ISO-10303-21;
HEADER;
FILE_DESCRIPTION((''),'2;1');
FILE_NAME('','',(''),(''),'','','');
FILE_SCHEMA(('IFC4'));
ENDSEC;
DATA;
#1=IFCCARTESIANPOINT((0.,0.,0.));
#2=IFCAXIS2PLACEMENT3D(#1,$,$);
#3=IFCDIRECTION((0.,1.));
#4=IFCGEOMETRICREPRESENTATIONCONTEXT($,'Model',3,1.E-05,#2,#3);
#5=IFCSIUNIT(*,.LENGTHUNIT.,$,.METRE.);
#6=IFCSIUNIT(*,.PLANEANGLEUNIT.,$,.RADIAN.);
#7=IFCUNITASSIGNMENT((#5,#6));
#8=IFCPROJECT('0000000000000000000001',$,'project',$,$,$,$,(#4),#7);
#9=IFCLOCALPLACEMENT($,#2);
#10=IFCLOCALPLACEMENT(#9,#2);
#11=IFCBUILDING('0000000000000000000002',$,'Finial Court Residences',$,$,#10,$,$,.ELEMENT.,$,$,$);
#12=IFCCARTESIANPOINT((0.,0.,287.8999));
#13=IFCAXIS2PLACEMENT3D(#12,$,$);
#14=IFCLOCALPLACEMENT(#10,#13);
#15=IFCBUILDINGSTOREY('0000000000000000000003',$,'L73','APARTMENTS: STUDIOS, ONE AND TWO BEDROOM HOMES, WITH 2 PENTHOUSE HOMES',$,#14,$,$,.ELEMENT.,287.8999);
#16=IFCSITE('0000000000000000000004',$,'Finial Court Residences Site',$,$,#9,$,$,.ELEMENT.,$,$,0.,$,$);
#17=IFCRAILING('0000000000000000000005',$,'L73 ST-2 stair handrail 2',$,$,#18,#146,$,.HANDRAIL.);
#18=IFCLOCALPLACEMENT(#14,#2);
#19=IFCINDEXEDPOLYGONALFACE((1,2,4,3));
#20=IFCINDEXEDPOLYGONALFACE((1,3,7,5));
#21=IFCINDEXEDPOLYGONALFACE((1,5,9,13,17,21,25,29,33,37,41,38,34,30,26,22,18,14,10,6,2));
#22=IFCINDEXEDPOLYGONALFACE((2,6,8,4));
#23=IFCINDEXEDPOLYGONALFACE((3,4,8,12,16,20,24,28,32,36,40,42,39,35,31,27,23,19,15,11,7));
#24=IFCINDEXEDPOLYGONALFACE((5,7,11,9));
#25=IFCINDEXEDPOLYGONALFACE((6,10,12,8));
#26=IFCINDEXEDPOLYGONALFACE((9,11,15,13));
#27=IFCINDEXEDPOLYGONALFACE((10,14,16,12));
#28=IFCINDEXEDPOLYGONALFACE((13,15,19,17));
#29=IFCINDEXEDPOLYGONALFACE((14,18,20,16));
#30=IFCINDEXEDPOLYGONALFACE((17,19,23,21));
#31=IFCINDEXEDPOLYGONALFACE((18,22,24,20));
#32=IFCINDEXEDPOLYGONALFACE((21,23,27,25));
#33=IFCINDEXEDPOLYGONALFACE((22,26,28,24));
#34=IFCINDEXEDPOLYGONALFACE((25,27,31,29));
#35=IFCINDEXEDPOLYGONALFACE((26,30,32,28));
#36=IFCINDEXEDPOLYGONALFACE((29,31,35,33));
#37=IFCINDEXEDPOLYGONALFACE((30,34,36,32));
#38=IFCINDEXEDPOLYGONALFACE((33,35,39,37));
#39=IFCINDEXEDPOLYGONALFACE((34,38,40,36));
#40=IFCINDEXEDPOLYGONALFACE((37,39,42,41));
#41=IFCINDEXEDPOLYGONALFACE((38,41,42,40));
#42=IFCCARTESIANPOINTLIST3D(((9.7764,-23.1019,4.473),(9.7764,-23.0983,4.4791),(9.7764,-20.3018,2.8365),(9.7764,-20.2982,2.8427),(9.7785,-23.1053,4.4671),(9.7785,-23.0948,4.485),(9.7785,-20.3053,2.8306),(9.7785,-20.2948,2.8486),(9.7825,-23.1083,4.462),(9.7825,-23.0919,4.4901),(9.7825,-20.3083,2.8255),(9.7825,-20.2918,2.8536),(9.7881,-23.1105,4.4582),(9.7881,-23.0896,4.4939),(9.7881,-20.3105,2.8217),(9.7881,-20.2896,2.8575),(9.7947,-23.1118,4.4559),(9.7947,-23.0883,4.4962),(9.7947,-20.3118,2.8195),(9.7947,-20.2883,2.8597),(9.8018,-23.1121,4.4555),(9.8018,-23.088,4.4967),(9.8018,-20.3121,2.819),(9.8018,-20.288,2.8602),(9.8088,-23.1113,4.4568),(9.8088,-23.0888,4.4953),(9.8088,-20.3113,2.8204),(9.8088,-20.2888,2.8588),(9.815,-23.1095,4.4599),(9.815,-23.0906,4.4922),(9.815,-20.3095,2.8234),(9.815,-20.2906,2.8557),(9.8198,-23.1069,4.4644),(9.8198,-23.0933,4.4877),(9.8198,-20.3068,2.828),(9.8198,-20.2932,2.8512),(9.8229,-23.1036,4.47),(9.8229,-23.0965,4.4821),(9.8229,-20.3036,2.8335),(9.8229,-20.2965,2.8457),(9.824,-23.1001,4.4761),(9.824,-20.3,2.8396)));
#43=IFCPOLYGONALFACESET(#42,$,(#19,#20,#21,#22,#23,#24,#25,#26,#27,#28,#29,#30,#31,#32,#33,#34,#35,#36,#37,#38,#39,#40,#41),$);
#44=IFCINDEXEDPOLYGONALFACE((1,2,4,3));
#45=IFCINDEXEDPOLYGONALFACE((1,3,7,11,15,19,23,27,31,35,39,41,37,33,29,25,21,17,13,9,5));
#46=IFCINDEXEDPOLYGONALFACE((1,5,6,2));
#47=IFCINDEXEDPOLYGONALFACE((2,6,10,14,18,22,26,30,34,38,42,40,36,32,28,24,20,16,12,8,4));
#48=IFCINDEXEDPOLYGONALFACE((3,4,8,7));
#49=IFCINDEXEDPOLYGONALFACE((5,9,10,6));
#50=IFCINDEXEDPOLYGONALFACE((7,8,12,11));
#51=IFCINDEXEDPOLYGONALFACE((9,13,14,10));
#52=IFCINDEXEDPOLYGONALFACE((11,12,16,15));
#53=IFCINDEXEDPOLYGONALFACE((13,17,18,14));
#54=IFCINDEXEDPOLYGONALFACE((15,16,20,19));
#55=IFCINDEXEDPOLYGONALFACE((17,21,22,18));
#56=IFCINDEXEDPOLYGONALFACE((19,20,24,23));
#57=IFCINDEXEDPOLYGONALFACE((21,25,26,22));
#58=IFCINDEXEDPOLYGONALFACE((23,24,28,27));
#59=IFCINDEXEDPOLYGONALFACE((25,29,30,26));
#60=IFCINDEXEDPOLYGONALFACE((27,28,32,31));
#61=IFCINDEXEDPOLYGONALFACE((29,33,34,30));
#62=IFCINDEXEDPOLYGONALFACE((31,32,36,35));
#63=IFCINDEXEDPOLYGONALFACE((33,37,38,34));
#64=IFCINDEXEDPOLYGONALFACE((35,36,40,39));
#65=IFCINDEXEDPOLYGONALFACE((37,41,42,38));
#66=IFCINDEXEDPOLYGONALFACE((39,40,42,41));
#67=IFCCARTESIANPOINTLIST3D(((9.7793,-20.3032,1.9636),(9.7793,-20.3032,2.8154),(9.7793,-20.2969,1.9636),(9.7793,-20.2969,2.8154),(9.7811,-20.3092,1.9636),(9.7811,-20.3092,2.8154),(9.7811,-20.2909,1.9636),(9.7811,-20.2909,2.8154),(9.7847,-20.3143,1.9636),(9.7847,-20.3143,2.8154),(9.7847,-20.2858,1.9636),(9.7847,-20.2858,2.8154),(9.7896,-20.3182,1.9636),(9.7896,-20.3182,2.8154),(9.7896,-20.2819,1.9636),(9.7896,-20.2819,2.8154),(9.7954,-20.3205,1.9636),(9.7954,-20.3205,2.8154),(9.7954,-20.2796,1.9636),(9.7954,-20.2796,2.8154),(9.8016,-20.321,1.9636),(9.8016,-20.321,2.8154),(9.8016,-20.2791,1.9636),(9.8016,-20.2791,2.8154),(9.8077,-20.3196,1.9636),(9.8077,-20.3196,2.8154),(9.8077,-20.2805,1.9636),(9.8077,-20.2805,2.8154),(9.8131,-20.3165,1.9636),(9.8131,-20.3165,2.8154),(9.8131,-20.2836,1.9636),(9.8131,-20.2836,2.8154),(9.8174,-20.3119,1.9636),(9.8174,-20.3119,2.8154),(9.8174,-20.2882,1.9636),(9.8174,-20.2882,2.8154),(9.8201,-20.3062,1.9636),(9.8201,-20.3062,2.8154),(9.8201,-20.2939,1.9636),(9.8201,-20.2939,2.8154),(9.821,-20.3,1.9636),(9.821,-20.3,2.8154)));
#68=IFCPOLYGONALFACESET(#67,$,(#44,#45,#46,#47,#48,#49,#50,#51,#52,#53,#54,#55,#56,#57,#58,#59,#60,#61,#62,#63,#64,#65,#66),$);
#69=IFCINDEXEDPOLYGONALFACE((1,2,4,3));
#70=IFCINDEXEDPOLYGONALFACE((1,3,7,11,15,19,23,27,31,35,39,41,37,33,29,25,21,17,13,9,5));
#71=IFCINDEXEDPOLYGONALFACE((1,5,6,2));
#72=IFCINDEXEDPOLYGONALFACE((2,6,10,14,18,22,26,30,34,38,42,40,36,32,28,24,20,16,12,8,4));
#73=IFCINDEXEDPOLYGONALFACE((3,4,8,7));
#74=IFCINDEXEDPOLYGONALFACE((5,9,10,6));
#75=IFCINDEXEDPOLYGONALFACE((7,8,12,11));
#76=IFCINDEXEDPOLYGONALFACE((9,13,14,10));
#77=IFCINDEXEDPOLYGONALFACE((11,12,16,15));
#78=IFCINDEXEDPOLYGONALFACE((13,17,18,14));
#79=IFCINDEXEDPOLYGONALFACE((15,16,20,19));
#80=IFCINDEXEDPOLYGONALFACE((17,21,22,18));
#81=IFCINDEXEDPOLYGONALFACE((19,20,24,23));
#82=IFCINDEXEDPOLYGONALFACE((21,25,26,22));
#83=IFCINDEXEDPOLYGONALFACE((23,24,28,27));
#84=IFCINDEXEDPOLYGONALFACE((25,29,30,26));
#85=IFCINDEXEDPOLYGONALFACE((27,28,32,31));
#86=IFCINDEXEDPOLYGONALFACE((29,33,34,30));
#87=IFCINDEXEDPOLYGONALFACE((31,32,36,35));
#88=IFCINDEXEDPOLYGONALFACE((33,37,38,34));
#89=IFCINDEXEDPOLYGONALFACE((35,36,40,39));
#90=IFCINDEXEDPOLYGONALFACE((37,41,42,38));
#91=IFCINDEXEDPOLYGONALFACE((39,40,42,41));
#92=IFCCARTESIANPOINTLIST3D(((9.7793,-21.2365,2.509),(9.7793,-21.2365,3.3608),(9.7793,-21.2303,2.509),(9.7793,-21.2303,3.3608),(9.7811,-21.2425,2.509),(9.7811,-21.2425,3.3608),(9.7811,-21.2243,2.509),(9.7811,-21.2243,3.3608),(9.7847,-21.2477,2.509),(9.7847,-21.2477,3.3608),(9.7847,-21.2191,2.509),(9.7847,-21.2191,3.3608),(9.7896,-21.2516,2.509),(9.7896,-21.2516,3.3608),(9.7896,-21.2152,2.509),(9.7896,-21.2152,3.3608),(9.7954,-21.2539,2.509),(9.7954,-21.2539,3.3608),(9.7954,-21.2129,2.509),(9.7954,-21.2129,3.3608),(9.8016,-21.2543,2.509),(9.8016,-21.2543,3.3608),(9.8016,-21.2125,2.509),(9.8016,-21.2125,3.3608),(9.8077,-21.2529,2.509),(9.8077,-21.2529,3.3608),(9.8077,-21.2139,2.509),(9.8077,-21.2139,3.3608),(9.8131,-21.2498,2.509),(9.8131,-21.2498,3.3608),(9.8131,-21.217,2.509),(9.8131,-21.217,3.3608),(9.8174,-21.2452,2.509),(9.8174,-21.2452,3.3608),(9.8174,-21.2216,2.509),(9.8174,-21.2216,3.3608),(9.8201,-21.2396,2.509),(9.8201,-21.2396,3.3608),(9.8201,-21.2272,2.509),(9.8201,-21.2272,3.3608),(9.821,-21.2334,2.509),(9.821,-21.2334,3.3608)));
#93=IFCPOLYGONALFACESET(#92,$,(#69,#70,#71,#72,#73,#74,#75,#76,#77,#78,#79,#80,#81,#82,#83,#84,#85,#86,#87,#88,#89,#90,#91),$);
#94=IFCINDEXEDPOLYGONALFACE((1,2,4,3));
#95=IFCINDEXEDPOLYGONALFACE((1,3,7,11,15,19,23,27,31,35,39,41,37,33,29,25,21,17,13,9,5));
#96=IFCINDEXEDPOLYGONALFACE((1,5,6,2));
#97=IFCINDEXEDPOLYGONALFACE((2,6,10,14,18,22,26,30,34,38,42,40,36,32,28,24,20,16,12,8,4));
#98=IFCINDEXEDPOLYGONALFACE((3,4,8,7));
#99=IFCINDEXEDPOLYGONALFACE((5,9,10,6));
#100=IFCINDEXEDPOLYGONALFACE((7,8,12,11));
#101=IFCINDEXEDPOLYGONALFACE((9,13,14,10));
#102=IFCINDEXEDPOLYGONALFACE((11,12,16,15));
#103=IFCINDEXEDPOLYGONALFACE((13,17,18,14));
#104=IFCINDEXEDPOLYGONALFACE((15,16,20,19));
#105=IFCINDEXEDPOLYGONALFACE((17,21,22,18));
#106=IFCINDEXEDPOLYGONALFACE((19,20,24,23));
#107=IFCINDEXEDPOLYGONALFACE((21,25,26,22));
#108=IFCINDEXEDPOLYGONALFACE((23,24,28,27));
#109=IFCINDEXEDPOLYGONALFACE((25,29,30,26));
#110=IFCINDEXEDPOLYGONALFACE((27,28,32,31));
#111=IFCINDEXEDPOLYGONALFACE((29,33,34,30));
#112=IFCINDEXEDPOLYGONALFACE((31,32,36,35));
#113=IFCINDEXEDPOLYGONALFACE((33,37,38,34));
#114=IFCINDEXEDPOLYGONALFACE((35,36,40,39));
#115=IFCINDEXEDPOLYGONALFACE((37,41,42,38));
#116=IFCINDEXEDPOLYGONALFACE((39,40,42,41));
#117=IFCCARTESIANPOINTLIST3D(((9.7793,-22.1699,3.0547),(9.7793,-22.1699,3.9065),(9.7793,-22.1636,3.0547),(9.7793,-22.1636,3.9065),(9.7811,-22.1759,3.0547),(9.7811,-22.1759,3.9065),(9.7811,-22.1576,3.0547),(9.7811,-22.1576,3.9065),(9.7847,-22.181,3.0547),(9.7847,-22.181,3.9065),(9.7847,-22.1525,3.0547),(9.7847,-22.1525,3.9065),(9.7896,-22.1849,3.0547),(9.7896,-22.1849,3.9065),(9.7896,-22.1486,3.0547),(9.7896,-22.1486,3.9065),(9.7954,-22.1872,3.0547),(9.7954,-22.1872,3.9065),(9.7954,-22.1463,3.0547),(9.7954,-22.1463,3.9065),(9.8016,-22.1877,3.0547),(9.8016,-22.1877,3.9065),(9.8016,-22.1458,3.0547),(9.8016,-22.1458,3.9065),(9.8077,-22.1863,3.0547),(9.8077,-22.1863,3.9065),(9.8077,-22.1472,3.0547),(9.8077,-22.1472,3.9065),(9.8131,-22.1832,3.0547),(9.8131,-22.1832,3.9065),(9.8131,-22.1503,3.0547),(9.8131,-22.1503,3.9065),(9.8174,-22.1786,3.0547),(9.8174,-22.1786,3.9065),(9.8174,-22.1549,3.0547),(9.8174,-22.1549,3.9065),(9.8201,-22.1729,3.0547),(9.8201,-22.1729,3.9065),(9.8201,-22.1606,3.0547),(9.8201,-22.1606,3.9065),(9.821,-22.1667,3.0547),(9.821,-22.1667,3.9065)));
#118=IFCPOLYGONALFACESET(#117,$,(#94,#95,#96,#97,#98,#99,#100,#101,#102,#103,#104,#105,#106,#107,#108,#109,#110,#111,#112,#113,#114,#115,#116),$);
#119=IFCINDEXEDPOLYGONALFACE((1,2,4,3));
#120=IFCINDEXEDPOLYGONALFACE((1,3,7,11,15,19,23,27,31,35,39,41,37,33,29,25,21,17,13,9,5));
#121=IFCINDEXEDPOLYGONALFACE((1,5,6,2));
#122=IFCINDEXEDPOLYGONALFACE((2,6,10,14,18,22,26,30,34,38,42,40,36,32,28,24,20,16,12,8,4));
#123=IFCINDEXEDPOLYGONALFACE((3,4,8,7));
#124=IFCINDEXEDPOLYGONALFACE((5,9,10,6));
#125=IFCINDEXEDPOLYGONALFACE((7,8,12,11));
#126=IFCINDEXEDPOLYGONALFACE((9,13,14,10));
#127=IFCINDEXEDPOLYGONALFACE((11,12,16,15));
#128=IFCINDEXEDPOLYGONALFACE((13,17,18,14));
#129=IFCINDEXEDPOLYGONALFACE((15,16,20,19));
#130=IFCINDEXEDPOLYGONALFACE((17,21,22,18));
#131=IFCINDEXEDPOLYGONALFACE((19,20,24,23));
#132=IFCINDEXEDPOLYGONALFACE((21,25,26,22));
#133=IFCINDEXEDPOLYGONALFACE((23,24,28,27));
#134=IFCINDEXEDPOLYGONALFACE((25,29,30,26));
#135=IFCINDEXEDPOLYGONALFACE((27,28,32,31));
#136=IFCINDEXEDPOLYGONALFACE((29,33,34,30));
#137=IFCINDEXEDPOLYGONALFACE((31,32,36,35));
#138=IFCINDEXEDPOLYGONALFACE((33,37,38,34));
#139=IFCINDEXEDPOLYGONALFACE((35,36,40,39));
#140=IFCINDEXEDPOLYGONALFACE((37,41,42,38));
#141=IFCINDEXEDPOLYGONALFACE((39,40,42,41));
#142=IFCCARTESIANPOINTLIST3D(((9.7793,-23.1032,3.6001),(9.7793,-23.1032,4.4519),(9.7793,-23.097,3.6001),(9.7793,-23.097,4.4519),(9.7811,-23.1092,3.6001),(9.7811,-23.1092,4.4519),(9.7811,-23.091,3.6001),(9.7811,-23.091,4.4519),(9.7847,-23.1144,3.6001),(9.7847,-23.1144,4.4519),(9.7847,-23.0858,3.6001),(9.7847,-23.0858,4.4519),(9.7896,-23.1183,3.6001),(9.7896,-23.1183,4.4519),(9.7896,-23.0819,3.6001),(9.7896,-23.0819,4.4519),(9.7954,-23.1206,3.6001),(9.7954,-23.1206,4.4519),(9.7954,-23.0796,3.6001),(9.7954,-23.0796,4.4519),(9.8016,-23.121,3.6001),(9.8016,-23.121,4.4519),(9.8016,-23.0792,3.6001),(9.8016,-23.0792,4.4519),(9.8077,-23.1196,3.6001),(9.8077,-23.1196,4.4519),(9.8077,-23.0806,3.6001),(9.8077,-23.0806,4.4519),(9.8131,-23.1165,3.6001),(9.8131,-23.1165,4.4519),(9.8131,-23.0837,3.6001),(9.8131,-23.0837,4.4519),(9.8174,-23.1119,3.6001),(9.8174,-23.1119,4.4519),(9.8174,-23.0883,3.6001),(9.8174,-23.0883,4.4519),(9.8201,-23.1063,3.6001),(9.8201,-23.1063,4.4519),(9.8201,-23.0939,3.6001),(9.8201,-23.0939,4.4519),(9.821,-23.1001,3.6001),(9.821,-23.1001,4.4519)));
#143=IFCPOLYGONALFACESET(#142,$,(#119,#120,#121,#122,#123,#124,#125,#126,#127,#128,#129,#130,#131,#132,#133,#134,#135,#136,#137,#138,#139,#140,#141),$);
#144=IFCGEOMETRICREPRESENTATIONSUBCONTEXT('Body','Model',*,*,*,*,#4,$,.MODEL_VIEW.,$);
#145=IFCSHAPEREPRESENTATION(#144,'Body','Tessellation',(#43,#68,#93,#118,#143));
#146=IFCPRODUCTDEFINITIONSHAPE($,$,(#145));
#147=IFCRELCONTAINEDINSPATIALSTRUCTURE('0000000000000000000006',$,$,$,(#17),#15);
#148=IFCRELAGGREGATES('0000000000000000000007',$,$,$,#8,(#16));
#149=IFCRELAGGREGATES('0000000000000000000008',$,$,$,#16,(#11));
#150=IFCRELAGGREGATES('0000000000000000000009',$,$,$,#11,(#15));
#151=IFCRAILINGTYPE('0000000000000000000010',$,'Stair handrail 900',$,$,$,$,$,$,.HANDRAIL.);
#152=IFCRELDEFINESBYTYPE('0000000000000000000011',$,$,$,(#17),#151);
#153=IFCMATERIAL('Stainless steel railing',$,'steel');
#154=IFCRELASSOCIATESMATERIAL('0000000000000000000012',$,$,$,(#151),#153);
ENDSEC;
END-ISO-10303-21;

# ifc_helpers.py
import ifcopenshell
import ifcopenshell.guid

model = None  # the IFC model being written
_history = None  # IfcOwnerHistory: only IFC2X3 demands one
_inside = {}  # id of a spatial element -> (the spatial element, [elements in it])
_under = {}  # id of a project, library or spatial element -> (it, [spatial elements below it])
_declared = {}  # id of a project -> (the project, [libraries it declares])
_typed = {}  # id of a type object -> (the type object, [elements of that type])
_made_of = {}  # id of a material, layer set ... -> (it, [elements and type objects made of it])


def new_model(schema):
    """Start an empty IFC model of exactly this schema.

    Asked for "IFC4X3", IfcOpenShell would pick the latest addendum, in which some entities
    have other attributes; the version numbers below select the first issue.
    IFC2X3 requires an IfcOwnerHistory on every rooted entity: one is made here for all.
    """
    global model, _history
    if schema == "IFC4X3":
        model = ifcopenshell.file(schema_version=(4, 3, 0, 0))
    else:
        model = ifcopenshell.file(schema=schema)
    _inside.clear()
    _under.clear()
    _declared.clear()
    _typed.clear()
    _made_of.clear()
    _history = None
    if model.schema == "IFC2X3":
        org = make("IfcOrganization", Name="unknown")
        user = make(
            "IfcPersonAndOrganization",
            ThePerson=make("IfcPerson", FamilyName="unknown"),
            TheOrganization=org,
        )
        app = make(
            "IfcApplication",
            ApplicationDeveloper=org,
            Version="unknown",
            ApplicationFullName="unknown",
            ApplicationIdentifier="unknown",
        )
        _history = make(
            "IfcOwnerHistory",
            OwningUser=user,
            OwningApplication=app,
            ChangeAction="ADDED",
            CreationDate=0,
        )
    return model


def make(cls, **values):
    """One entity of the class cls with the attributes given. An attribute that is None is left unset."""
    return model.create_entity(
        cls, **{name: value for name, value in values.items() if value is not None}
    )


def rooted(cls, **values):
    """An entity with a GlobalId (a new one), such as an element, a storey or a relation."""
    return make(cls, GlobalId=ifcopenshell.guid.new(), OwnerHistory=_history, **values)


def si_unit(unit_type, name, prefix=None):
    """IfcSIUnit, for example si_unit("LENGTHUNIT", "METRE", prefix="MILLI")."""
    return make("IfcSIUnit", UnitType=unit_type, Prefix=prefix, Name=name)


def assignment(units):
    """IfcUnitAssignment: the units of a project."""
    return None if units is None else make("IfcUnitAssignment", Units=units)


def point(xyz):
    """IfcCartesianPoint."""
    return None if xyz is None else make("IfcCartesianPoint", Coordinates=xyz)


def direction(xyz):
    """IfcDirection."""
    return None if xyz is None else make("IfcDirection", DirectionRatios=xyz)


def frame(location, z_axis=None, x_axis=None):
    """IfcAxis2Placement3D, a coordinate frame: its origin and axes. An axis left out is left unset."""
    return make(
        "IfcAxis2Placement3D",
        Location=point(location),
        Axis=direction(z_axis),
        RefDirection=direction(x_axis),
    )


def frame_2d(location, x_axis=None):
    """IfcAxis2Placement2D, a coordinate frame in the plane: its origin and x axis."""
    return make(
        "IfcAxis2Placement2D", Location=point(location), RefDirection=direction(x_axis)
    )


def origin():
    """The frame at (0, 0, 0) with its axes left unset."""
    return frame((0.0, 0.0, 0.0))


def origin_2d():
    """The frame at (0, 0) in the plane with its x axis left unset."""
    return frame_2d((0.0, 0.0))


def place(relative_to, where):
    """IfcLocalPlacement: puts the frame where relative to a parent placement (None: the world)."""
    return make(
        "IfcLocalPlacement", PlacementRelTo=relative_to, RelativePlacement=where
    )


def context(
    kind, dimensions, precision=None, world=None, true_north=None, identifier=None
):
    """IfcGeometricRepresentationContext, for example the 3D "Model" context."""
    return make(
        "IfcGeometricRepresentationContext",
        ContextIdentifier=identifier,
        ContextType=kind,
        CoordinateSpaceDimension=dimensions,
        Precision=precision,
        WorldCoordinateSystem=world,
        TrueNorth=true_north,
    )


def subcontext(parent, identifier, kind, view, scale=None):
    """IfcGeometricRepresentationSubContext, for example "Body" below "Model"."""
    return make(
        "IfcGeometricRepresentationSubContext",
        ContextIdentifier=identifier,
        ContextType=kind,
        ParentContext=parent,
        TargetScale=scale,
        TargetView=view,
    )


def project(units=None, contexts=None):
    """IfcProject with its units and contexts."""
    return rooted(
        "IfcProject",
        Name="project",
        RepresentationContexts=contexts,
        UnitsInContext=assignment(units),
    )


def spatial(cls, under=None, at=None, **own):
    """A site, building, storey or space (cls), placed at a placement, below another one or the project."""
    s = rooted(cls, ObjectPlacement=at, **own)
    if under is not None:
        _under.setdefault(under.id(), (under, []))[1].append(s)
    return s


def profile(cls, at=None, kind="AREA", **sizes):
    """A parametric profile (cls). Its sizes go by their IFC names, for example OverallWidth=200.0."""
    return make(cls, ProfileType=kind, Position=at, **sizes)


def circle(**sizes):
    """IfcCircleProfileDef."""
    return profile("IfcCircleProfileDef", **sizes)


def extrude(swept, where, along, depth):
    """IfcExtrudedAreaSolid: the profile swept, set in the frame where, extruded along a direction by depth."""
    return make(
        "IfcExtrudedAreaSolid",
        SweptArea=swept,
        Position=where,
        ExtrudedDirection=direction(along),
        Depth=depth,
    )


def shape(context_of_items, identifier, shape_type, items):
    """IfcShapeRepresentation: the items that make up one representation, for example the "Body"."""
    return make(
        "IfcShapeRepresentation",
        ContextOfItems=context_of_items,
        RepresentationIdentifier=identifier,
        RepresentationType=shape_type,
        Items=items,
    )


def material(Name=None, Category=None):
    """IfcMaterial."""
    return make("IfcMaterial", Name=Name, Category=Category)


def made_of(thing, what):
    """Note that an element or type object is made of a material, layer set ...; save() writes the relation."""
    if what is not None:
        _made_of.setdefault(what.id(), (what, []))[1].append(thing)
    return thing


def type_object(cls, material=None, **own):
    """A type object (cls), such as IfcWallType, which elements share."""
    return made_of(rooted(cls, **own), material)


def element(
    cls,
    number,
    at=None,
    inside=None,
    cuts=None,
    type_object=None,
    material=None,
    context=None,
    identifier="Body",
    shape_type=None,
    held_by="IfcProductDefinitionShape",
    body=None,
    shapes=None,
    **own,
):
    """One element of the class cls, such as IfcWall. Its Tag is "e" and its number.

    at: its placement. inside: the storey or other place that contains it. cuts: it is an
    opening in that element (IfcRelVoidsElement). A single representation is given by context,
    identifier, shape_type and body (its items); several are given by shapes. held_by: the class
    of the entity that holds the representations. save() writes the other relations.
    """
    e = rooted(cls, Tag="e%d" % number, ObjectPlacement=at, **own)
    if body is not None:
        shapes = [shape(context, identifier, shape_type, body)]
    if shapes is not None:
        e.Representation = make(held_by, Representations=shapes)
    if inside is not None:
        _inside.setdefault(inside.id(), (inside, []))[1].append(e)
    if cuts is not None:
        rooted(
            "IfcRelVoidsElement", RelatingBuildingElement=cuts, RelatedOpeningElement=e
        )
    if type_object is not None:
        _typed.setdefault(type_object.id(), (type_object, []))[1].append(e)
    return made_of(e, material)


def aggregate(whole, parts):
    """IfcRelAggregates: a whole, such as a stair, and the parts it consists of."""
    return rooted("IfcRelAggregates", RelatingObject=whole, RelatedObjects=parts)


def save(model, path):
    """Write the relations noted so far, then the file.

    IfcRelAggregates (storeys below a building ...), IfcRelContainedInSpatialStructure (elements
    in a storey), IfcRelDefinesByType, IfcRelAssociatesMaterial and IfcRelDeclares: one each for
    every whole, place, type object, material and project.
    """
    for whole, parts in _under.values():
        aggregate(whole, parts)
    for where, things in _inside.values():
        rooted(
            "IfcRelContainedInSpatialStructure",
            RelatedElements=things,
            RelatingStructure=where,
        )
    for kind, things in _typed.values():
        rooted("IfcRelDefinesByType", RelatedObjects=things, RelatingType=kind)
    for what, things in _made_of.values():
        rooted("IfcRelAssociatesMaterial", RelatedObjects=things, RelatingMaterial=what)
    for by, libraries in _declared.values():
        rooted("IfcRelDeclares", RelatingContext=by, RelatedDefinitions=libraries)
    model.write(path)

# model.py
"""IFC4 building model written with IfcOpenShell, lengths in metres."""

from ifc_helpers import new_model, si_unit, direction, frame, origin, origin_2d, place, context, subcontext, project, spatial, circle, extrude, material, type_object, element, save


model = new_model("IFC4")

# Units and contexts
model_context = context("Model", 3, precision=1e-05, world=origin(), true_north=direction((0.0, 1.0)))
body_context = subcontext(model_context, "Body", "Model", "MODEL_VIEW")
ifc_project = project(units=[si_unit("LENGTHUNIT", "METRE"), si_unit("PLANEANGLEUNIT", "RADIAN")], contexts=[model_context])

# Site, building, storey
site_placement = place(None, origin())
site = spatial("IfcSite", under=ifc_project, at=site_placement, Name="Finial Court Residences Site", CompositionType="ELEMENT", RefElevation=0.0)
building_placement = place(site_placement, origin())
building = spatial("IfcBuilding", under=site, at=building_placement, Name="Finial Court Residences", CompositionType="ELEMENT")
storey_placement = place(building_placement, frame((0.0, 0.0, 287.8999)))
storey = spatial("IfcBuildingStorey", under=building, at=storey_placement, Name="L73", Description="APARTMENTS: STUDIOS, ONE AND TWO BEDROOM HOMES, WITH 2 PENTHOUSE HOMES", CompositionType="ELEMENT", Elevation=287.8999)

# Railing
ifc_material_1 = material(Name="Stainless steel railing", Category="steel")
railing_type_1 = type_object("IfcRailingType", Name="Stair handrail 900", PredefinedType="HANDRAIL", material=ifc_material_1)
railing_1_placement = place(storey_placement, frame((9.8, -20.3, 1.9636)))
element("IfcRailing", 1, at=railing_1_placement, inside=storey, type_object=railing_type_1, Name="L73 ST-2 stair handrail 2", PredefinedType="HANDRAIL", context=body_context, shape_type="SweptSolid", body=[
    extrude(circle(Radius=0.0239, at=origin_2d()), frame((0.0, 0.0, 0.876), z_axis=(0.0, -0.863361, 0.504587), x_axis=(1.0, 0.0, 0.0)), (0.0, 0.0, 1.0), 3.2432),
    extrude(circle(Radius=0.021, at=origin_2d()), origin(), (0.0, 0.0, 1.0), 0.8518),
    extrude(circle(Radius=0.021, at=origin_2d()), frame((0.0, -0.9333, 0.5454)), (0.0, 0.0, 1.0), 0.8518),
    extrude(circle(Radius=0.021, at=origin_2d()), frame((0.0, -1.8667, 1.0911)), (0.0, 0.0, 1.0), 0.8518),
    extrude(circle(Radius=0.021, at=origin_2d()), frame((0.0, -2.8, 1.6365)), (0.0, 0.0, 1.0), 0.8518),
])

save(model, "model.ifc")
